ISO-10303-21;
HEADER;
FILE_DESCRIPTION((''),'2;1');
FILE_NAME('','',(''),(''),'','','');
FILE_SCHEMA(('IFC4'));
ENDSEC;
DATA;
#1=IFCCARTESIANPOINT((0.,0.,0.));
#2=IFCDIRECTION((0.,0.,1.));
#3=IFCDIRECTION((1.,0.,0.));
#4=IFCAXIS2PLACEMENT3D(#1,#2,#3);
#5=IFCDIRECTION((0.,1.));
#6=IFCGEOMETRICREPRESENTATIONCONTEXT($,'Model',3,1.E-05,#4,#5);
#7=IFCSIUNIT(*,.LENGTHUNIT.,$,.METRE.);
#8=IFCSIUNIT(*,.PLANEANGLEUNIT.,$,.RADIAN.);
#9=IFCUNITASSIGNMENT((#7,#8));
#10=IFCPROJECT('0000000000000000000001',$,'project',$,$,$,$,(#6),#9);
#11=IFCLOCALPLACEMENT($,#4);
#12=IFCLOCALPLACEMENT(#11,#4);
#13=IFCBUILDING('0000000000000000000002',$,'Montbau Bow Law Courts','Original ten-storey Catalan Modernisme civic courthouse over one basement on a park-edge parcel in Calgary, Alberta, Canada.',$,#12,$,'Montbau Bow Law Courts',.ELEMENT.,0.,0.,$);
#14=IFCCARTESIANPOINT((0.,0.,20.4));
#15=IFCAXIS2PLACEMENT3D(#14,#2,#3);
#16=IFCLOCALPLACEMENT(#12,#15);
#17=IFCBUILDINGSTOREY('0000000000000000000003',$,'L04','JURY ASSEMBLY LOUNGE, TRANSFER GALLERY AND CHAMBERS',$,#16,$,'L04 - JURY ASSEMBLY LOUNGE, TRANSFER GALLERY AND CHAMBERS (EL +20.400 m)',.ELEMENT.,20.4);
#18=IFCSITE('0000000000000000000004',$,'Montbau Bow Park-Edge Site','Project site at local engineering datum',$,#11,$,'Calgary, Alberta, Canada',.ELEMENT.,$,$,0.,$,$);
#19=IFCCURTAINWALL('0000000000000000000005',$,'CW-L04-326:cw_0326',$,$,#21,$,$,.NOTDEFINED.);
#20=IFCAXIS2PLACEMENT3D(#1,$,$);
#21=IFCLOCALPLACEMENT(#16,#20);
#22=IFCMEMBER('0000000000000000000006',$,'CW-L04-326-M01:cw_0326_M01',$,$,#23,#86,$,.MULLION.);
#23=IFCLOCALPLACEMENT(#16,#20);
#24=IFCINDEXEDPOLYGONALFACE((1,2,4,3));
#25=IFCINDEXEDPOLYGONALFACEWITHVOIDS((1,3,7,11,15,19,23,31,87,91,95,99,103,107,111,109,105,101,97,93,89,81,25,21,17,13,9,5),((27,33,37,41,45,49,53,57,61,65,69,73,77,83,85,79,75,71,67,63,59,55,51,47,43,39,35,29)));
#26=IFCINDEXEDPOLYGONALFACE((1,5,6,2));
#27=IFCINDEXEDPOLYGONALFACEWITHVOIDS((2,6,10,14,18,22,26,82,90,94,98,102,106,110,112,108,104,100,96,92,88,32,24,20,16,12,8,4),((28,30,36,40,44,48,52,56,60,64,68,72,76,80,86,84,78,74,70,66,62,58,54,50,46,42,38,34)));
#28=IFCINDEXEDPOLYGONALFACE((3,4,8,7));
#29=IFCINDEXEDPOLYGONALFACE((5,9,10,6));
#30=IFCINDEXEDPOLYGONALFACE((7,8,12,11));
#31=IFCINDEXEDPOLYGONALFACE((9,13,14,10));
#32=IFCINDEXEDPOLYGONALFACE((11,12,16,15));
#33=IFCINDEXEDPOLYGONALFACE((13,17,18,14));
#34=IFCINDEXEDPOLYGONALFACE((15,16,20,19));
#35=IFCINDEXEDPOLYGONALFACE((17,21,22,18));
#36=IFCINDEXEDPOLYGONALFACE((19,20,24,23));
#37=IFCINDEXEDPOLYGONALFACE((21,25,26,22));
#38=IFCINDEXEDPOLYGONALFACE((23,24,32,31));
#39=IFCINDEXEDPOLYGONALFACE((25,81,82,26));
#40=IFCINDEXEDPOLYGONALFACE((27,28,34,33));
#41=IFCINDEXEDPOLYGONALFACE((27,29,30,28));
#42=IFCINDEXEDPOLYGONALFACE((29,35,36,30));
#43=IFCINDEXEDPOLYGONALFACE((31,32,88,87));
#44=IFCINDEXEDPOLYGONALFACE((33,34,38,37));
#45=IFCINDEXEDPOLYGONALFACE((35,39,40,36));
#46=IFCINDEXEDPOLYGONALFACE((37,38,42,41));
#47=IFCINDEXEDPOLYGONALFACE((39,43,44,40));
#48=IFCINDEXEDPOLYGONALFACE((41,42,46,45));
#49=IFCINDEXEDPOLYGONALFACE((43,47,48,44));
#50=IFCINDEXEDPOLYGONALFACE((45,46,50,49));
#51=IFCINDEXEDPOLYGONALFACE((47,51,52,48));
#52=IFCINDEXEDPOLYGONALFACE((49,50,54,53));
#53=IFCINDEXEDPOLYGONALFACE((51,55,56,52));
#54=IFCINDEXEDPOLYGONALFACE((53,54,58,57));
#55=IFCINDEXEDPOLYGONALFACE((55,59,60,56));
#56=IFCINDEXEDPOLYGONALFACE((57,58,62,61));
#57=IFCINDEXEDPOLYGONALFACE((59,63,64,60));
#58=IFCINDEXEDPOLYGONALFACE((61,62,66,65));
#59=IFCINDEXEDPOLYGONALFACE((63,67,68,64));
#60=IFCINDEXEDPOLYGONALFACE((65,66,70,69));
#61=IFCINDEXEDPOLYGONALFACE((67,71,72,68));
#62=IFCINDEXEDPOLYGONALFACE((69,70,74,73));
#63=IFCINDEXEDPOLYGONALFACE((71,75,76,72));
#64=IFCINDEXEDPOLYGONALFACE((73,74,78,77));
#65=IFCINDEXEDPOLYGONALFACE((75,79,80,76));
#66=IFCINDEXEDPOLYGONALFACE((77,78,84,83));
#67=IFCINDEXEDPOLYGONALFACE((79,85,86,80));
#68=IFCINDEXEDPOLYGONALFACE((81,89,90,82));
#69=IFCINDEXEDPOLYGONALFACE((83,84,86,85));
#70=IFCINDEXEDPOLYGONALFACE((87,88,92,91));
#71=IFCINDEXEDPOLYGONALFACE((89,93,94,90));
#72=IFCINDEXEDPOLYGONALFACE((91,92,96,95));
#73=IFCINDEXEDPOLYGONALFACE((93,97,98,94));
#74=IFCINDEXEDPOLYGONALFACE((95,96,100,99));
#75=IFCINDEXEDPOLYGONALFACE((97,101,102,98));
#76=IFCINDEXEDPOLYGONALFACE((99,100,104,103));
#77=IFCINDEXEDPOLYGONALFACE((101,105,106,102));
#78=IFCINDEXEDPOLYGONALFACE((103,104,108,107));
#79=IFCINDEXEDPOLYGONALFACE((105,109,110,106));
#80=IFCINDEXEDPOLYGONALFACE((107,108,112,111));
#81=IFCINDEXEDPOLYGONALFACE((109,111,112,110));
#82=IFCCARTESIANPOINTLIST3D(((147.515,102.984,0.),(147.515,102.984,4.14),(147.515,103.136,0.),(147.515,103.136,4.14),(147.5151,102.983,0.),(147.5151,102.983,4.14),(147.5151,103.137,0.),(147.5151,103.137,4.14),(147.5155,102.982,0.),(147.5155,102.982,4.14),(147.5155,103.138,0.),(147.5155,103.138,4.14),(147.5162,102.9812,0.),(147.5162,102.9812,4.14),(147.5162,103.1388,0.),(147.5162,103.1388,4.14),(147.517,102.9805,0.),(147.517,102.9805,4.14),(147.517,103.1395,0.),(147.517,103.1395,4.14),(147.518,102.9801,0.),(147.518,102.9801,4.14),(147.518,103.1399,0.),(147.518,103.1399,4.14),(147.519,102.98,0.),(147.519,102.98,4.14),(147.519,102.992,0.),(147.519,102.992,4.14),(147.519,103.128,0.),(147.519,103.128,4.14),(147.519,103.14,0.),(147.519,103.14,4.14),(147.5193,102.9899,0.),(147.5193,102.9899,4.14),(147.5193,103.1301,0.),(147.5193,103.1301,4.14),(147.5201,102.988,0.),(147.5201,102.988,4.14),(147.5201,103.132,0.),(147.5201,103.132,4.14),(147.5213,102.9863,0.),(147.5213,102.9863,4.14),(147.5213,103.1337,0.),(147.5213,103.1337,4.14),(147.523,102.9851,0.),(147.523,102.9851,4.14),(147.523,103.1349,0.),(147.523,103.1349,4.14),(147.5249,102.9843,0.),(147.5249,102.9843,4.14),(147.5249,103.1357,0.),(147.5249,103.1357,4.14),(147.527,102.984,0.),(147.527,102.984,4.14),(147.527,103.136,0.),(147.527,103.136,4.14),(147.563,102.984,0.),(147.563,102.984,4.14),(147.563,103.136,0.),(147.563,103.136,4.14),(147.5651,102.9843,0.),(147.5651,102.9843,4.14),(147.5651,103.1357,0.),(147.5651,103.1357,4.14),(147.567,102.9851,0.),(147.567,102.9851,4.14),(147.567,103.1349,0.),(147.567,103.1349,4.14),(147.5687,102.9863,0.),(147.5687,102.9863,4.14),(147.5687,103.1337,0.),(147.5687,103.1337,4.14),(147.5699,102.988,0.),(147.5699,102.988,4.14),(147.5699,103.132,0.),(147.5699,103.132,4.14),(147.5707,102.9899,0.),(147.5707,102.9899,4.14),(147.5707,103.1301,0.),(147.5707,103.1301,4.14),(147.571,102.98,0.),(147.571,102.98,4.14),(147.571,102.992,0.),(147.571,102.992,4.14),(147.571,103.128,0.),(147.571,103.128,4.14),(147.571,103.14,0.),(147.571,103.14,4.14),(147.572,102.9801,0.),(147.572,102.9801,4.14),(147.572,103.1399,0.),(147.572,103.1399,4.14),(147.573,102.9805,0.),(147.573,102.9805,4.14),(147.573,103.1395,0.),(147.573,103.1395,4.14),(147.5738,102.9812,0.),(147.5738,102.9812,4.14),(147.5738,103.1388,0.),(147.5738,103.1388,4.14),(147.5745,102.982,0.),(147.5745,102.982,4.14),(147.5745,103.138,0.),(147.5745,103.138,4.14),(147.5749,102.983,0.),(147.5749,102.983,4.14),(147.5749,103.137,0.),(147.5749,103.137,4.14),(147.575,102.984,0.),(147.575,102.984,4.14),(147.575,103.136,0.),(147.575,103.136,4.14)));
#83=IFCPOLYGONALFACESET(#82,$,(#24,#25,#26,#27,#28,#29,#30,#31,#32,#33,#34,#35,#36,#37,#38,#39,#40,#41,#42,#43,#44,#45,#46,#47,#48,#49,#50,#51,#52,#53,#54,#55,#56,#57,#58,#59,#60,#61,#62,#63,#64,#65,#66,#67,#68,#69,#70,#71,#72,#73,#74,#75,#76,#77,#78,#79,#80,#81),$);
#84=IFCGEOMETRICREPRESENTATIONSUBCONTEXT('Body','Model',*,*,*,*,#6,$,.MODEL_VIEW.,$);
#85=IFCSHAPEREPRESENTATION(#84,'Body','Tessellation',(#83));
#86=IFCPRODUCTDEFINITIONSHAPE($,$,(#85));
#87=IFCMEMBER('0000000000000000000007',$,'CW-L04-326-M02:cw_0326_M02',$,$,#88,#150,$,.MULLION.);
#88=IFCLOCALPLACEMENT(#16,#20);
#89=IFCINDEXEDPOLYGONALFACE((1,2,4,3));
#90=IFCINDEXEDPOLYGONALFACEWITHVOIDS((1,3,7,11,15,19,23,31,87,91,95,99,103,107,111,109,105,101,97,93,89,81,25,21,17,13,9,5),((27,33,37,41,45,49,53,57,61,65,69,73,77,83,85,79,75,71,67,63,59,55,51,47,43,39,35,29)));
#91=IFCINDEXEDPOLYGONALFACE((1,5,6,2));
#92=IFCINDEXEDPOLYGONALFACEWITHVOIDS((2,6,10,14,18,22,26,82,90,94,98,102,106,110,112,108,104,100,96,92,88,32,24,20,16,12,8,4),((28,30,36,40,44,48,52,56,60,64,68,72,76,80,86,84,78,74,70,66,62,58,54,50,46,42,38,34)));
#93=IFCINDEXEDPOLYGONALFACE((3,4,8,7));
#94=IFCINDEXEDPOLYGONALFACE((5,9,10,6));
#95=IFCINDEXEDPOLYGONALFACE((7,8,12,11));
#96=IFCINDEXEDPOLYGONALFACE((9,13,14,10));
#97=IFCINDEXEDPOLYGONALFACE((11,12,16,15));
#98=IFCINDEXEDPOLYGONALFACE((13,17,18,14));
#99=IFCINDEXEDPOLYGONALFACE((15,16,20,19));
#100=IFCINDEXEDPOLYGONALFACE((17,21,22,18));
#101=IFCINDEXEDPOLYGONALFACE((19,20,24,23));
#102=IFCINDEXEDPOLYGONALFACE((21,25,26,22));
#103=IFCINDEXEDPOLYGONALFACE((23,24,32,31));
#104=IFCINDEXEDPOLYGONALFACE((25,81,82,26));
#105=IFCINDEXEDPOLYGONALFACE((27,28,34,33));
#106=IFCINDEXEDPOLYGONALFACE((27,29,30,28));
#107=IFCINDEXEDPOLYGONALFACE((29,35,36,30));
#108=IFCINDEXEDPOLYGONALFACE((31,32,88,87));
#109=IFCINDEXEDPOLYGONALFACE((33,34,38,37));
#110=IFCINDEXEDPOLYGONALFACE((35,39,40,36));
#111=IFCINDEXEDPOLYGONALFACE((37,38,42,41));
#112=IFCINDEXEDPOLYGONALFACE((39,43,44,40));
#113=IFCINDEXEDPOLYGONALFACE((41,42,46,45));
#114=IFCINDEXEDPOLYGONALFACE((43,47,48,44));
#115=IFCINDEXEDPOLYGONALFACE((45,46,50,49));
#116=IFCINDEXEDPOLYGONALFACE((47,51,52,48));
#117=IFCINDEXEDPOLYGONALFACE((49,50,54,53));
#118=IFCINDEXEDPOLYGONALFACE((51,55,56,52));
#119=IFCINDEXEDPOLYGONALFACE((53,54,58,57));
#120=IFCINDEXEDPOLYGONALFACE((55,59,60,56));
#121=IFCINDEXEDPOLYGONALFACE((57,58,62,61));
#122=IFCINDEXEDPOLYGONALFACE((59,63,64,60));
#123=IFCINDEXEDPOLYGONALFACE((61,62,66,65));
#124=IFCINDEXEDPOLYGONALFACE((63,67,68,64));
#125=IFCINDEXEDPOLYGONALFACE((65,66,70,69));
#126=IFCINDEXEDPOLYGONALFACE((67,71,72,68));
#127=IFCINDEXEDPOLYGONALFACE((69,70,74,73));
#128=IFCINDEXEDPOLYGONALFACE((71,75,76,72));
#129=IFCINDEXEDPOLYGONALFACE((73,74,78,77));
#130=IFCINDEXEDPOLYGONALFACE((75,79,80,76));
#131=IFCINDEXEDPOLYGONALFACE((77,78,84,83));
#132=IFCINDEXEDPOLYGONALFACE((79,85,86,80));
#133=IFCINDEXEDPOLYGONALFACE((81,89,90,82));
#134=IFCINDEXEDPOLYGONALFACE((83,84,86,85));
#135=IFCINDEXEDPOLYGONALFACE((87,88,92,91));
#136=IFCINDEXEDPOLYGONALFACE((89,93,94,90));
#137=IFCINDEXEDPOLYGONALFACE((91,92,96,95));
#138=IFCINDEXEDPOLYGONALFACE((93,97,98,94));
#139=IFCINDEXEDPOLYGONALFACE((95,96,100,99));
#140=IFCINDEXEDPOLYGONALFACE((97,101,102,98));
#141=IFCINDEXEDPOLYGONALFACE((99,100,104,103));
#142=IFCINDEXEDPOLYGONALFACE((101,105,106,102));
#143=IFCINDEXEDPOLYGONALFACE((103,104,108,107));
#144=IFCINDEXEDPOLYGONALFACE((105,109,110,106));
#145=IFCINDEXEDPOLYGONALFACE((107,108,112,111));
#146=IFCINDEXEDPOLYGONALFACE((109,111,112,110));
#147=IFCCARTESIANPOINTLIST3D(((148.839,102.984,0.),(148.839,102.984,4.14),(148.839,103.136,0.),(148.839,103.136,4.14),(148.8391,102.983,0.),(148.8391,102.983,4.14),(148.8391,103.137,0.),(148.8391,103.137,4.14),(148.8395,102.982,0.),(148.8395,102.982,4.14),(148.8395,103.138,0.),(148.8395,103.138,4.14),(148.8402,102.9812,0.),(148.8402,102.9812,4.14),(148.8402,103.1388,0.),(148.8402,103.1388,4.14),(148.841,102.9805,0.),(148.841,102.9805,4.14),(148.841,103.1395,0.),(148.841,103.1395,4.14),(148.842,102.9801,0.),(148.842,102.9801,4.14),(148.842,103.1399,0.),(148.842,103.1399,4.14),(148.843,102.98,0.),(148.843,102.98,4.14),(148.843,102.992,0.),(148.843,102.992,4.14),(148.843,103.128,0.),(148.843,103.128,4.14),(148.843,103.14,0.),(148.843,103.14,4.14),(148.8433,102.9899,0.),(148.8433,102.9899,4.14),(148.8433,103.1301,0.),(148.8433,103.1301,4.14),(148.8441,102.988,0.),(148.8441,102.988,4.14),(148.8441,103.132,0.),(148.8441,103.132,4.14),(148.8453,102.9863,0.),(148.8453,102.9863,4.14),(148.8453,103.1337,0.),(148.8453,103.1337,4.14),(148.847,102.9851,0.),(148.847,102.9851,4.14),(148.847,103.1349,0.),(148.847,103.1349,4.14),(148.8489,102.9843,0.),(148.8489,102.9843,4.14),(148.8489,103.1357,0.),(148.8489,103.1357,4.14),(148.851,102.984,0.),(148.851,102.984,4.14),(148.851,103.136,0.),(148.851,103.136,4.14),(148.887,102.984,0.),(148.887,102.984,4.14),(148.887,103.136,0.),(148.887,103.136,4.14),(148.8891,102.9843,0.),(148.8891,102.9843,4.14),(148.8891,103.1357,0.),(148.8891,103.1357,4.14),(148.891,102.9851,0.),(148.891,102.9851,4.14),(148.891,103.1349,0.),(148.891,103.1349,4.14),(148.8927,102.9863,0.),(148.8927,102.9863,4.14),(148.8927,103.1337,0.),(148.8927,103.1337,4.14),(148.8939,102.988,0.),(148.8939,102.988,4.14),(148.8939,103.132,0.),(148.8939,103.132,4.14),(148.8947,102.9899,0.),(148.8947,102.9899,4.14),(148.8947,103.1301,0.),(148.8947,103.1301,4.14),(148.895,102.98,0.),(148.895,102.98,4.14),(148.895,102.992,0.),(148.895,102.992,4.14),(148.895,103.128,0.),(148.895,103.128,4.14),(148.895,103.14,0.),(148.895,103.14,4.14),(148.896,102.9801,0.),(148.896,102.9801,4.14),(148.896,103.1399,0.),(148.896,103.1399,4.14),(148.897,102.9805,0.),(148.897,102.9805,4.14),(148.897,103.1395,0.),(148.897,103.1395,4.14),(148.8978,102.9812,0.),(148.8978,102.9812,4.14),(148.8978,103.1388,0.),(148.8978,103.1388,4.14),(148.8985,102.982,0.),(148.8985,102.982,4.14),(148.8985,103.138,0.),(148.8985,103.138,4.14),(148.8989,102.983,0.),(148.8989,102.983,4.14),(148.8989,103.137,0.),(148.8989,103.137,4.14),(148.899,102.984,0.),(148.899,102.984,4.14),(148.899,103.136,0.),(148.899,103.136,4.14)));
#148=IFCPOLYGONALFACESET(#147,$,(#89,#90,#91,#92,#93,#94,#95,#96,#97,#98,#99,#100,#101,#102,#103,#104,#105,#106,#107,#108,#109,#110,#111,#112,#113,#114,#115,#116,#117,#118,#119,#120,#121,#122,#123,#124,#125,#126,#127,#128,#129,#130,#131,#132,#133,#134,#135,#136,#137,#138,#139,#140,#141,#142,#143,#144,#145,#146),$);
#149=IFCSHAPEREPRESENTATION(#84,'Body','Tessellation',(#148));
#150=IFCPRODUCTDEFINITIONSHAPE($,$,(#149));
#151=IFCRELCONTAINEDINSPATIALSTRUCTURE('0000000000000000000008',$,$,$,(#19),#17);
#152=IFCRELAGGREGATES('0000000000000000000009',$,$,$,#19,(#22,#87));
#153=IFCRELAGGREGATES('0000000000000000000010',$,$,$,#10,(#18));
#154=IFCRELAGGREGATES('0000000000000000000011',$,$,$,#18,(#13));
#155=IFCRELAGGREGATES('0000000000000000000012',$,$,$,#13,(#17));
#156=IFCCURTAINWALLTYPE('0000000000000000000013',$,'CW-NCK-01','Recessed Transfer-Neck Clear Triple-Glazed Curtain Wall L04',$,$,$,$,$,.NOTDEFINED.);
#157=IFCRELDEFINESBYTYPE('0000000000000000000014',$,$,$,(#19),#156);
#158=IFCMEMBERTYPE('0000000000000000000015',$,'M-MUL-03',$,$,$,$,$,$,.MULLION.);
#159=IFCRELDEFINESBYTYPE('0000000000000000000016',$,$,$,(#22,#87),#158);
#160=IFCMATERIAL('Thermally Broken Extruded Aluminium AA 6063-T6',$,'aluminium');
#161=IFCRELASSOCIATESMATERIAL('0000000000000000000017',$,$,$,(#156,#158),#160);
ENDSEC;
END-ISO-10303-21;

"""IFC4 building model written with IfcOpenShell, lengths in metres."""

from ifc_helpers import new_model, si_unit, direction, frame, origin_with_axes, origin_2d_with_axis, place, context, subcontext, project, spatial, hollow_rectangle, extrude, material, material_profile, profile_set, type_object, element, aggregate, save


model = new_model("IFC4")

# Units and contexts
model_context = context("Model", 3, precision=1e-05, world=origin_with_axes(), true_north=direction((0.0, 1.0)))
body_context = subcontext(model_context, "Body", "Model", "MODEL_VIEW")
ifc_project = project(units=[si_unit("LENGTHUNIT", "METRE"), si_unit("PLANEANGLEUNIT", "RADIAN")], contexts=[model_context])

# Site, building, storey
site_placement = place(None, origin_with_axes())
site = spatial("IfcSite", under=ifc_project, at=site_placement, Name="Montbau Bow Park-Edge Site", Description="Project site at local engineering datum", LongName="Calgary, Alberta, Canada", CompositionType="ELEMENT", RefElevation=0.0)
building_placement = place(site_placement, origin_with_axes())
building = spatial("IfcBuilding", under=site, at=building_placement, Name="Montbau Bow Law Courts", Description="Original ten-storey Catalan Modernisme civic courthouse over one basement on a park-edge parcel in Calgary, Alberta, Canada.", LongName="Montbau Bow Law Courts", CompositionType="ELEMENT", ElevationOfRefHeight=0.0, ElevationOfTerrain=0.0)
storey_placement = place(building_placement, frame((0.0, 0.0, 20.4), z_axis=(0.0, 0.0, 1.0), x_axis=(1.0, 0.0, 0.0)))
storey = spatial("IfcBuildingStorey", under=building, at=storey_placement, Name="L04", Description="JURY ASSEMBLY LOUNGE, TRANSFER GALLERY AND CHAMBERS", LongName="L04 - JURY ASSEMBLY LOUNGE, TRANSFER GALLERY AND CHAMBERS (EL +20.400 m)", CompositionType="ELEMENT", Elevation=20.4)

# Curtain wall, members
ifc_material_1 = material(Name="Thermally Broken Extruded Aluminium AA 6063-T6", Category="aluminium")
curtain_wall_type = type_object("IfcCurtainWallType", Name="CW-NCK-01", Description="Recessed Transfer-Neck Clear Triple-Glazed Curtain Wall L04", PredefinedType="NOTDEFINED", material=ifc_material_1)
curtain_wall_placement = place(None, frame((147.515, 103.06, 20.4), z_axis=(0.0, 0.0, 1.0), x_axis=(1.0, 0.0, 0.0)))
curtain_wall = element("IfcCurtainWall", 1, at=curtain_wall_placement, inside=storey, type_object=curtain_wall_type, Name="CW-L04-326:cw_0326", PredefinedType="NOTDEFINED")
ifc_material_profile_1 = material_profile(ifc_material_1, hollow_rectangle(XDim=0.06, YDim=0.16, WallThickness=0.004, InnerFilletRadius=0.008, OuterFilletRadius=0.004, at=origin_2d_with_axis()), Name="CWM-160X60", Category="Main", Priority=0)
ifc_profile_set_1 = profile_set([ifc_material_profile_1], Name="Thermally Broken Extruded Aluminium AA 6063-T6")
member_type_1 = type_object("IfcMemberType", Name="M-MUL-03", PredefinedType="MULLION", material=ifc_profile_set_1)
member_1_placement = place(None, frame((147.545, 103.06, 20.4), z_axis=(0.0, 0.0, 1.0), x_axis=(1.0, 0.0, 0.0)))
member_1 = element("IfcMember", 2, at=member_1_placement, type_object=member_type_1, Name="CW-L04-326-M01:cw_0326_M01", PredefinedType="MULLION", context=body_context, shape_type="SweptSolid", body=[
    extrude(hollow_rectangle(XDim=0.06, YDim=0.16, WallThickness=0.004, InnerFilletRadius=0.008, OuterFilletRadius=0.004, at=origin_2d_with_axis()), origin_with_axes(), (0.0, 0.0, 1.0), 4.14),
])
member_2_placement = place(None, frame((148.869, 103.06, 20.4), z_axis=(0.0, 0.0, 1.0), x_axis=(1.0, 0.0, 0.0)))
member_2 = element("IfcMember", 3, at=member_2_placement, type_object=member_type_1, Name="CW-L04-326-M02:cw_0326_M02", PredefinedType="MULLION", context=body_context, shape_type="SweptSolid", body=[
    extrude(hollow_rectangle(XDim=0.06, YDim=0.16, WallThickness=0.004, InnerFilletRadius=0.008, OuterFilletRadius=0.004, at=origin_2d_with_axis()), origin_with_axes(), (0.0, 0.0, 1.0), 4.14),
])
aggregate(curtain_wall, [member_1, member_2])

save(model, "model.ifc")
